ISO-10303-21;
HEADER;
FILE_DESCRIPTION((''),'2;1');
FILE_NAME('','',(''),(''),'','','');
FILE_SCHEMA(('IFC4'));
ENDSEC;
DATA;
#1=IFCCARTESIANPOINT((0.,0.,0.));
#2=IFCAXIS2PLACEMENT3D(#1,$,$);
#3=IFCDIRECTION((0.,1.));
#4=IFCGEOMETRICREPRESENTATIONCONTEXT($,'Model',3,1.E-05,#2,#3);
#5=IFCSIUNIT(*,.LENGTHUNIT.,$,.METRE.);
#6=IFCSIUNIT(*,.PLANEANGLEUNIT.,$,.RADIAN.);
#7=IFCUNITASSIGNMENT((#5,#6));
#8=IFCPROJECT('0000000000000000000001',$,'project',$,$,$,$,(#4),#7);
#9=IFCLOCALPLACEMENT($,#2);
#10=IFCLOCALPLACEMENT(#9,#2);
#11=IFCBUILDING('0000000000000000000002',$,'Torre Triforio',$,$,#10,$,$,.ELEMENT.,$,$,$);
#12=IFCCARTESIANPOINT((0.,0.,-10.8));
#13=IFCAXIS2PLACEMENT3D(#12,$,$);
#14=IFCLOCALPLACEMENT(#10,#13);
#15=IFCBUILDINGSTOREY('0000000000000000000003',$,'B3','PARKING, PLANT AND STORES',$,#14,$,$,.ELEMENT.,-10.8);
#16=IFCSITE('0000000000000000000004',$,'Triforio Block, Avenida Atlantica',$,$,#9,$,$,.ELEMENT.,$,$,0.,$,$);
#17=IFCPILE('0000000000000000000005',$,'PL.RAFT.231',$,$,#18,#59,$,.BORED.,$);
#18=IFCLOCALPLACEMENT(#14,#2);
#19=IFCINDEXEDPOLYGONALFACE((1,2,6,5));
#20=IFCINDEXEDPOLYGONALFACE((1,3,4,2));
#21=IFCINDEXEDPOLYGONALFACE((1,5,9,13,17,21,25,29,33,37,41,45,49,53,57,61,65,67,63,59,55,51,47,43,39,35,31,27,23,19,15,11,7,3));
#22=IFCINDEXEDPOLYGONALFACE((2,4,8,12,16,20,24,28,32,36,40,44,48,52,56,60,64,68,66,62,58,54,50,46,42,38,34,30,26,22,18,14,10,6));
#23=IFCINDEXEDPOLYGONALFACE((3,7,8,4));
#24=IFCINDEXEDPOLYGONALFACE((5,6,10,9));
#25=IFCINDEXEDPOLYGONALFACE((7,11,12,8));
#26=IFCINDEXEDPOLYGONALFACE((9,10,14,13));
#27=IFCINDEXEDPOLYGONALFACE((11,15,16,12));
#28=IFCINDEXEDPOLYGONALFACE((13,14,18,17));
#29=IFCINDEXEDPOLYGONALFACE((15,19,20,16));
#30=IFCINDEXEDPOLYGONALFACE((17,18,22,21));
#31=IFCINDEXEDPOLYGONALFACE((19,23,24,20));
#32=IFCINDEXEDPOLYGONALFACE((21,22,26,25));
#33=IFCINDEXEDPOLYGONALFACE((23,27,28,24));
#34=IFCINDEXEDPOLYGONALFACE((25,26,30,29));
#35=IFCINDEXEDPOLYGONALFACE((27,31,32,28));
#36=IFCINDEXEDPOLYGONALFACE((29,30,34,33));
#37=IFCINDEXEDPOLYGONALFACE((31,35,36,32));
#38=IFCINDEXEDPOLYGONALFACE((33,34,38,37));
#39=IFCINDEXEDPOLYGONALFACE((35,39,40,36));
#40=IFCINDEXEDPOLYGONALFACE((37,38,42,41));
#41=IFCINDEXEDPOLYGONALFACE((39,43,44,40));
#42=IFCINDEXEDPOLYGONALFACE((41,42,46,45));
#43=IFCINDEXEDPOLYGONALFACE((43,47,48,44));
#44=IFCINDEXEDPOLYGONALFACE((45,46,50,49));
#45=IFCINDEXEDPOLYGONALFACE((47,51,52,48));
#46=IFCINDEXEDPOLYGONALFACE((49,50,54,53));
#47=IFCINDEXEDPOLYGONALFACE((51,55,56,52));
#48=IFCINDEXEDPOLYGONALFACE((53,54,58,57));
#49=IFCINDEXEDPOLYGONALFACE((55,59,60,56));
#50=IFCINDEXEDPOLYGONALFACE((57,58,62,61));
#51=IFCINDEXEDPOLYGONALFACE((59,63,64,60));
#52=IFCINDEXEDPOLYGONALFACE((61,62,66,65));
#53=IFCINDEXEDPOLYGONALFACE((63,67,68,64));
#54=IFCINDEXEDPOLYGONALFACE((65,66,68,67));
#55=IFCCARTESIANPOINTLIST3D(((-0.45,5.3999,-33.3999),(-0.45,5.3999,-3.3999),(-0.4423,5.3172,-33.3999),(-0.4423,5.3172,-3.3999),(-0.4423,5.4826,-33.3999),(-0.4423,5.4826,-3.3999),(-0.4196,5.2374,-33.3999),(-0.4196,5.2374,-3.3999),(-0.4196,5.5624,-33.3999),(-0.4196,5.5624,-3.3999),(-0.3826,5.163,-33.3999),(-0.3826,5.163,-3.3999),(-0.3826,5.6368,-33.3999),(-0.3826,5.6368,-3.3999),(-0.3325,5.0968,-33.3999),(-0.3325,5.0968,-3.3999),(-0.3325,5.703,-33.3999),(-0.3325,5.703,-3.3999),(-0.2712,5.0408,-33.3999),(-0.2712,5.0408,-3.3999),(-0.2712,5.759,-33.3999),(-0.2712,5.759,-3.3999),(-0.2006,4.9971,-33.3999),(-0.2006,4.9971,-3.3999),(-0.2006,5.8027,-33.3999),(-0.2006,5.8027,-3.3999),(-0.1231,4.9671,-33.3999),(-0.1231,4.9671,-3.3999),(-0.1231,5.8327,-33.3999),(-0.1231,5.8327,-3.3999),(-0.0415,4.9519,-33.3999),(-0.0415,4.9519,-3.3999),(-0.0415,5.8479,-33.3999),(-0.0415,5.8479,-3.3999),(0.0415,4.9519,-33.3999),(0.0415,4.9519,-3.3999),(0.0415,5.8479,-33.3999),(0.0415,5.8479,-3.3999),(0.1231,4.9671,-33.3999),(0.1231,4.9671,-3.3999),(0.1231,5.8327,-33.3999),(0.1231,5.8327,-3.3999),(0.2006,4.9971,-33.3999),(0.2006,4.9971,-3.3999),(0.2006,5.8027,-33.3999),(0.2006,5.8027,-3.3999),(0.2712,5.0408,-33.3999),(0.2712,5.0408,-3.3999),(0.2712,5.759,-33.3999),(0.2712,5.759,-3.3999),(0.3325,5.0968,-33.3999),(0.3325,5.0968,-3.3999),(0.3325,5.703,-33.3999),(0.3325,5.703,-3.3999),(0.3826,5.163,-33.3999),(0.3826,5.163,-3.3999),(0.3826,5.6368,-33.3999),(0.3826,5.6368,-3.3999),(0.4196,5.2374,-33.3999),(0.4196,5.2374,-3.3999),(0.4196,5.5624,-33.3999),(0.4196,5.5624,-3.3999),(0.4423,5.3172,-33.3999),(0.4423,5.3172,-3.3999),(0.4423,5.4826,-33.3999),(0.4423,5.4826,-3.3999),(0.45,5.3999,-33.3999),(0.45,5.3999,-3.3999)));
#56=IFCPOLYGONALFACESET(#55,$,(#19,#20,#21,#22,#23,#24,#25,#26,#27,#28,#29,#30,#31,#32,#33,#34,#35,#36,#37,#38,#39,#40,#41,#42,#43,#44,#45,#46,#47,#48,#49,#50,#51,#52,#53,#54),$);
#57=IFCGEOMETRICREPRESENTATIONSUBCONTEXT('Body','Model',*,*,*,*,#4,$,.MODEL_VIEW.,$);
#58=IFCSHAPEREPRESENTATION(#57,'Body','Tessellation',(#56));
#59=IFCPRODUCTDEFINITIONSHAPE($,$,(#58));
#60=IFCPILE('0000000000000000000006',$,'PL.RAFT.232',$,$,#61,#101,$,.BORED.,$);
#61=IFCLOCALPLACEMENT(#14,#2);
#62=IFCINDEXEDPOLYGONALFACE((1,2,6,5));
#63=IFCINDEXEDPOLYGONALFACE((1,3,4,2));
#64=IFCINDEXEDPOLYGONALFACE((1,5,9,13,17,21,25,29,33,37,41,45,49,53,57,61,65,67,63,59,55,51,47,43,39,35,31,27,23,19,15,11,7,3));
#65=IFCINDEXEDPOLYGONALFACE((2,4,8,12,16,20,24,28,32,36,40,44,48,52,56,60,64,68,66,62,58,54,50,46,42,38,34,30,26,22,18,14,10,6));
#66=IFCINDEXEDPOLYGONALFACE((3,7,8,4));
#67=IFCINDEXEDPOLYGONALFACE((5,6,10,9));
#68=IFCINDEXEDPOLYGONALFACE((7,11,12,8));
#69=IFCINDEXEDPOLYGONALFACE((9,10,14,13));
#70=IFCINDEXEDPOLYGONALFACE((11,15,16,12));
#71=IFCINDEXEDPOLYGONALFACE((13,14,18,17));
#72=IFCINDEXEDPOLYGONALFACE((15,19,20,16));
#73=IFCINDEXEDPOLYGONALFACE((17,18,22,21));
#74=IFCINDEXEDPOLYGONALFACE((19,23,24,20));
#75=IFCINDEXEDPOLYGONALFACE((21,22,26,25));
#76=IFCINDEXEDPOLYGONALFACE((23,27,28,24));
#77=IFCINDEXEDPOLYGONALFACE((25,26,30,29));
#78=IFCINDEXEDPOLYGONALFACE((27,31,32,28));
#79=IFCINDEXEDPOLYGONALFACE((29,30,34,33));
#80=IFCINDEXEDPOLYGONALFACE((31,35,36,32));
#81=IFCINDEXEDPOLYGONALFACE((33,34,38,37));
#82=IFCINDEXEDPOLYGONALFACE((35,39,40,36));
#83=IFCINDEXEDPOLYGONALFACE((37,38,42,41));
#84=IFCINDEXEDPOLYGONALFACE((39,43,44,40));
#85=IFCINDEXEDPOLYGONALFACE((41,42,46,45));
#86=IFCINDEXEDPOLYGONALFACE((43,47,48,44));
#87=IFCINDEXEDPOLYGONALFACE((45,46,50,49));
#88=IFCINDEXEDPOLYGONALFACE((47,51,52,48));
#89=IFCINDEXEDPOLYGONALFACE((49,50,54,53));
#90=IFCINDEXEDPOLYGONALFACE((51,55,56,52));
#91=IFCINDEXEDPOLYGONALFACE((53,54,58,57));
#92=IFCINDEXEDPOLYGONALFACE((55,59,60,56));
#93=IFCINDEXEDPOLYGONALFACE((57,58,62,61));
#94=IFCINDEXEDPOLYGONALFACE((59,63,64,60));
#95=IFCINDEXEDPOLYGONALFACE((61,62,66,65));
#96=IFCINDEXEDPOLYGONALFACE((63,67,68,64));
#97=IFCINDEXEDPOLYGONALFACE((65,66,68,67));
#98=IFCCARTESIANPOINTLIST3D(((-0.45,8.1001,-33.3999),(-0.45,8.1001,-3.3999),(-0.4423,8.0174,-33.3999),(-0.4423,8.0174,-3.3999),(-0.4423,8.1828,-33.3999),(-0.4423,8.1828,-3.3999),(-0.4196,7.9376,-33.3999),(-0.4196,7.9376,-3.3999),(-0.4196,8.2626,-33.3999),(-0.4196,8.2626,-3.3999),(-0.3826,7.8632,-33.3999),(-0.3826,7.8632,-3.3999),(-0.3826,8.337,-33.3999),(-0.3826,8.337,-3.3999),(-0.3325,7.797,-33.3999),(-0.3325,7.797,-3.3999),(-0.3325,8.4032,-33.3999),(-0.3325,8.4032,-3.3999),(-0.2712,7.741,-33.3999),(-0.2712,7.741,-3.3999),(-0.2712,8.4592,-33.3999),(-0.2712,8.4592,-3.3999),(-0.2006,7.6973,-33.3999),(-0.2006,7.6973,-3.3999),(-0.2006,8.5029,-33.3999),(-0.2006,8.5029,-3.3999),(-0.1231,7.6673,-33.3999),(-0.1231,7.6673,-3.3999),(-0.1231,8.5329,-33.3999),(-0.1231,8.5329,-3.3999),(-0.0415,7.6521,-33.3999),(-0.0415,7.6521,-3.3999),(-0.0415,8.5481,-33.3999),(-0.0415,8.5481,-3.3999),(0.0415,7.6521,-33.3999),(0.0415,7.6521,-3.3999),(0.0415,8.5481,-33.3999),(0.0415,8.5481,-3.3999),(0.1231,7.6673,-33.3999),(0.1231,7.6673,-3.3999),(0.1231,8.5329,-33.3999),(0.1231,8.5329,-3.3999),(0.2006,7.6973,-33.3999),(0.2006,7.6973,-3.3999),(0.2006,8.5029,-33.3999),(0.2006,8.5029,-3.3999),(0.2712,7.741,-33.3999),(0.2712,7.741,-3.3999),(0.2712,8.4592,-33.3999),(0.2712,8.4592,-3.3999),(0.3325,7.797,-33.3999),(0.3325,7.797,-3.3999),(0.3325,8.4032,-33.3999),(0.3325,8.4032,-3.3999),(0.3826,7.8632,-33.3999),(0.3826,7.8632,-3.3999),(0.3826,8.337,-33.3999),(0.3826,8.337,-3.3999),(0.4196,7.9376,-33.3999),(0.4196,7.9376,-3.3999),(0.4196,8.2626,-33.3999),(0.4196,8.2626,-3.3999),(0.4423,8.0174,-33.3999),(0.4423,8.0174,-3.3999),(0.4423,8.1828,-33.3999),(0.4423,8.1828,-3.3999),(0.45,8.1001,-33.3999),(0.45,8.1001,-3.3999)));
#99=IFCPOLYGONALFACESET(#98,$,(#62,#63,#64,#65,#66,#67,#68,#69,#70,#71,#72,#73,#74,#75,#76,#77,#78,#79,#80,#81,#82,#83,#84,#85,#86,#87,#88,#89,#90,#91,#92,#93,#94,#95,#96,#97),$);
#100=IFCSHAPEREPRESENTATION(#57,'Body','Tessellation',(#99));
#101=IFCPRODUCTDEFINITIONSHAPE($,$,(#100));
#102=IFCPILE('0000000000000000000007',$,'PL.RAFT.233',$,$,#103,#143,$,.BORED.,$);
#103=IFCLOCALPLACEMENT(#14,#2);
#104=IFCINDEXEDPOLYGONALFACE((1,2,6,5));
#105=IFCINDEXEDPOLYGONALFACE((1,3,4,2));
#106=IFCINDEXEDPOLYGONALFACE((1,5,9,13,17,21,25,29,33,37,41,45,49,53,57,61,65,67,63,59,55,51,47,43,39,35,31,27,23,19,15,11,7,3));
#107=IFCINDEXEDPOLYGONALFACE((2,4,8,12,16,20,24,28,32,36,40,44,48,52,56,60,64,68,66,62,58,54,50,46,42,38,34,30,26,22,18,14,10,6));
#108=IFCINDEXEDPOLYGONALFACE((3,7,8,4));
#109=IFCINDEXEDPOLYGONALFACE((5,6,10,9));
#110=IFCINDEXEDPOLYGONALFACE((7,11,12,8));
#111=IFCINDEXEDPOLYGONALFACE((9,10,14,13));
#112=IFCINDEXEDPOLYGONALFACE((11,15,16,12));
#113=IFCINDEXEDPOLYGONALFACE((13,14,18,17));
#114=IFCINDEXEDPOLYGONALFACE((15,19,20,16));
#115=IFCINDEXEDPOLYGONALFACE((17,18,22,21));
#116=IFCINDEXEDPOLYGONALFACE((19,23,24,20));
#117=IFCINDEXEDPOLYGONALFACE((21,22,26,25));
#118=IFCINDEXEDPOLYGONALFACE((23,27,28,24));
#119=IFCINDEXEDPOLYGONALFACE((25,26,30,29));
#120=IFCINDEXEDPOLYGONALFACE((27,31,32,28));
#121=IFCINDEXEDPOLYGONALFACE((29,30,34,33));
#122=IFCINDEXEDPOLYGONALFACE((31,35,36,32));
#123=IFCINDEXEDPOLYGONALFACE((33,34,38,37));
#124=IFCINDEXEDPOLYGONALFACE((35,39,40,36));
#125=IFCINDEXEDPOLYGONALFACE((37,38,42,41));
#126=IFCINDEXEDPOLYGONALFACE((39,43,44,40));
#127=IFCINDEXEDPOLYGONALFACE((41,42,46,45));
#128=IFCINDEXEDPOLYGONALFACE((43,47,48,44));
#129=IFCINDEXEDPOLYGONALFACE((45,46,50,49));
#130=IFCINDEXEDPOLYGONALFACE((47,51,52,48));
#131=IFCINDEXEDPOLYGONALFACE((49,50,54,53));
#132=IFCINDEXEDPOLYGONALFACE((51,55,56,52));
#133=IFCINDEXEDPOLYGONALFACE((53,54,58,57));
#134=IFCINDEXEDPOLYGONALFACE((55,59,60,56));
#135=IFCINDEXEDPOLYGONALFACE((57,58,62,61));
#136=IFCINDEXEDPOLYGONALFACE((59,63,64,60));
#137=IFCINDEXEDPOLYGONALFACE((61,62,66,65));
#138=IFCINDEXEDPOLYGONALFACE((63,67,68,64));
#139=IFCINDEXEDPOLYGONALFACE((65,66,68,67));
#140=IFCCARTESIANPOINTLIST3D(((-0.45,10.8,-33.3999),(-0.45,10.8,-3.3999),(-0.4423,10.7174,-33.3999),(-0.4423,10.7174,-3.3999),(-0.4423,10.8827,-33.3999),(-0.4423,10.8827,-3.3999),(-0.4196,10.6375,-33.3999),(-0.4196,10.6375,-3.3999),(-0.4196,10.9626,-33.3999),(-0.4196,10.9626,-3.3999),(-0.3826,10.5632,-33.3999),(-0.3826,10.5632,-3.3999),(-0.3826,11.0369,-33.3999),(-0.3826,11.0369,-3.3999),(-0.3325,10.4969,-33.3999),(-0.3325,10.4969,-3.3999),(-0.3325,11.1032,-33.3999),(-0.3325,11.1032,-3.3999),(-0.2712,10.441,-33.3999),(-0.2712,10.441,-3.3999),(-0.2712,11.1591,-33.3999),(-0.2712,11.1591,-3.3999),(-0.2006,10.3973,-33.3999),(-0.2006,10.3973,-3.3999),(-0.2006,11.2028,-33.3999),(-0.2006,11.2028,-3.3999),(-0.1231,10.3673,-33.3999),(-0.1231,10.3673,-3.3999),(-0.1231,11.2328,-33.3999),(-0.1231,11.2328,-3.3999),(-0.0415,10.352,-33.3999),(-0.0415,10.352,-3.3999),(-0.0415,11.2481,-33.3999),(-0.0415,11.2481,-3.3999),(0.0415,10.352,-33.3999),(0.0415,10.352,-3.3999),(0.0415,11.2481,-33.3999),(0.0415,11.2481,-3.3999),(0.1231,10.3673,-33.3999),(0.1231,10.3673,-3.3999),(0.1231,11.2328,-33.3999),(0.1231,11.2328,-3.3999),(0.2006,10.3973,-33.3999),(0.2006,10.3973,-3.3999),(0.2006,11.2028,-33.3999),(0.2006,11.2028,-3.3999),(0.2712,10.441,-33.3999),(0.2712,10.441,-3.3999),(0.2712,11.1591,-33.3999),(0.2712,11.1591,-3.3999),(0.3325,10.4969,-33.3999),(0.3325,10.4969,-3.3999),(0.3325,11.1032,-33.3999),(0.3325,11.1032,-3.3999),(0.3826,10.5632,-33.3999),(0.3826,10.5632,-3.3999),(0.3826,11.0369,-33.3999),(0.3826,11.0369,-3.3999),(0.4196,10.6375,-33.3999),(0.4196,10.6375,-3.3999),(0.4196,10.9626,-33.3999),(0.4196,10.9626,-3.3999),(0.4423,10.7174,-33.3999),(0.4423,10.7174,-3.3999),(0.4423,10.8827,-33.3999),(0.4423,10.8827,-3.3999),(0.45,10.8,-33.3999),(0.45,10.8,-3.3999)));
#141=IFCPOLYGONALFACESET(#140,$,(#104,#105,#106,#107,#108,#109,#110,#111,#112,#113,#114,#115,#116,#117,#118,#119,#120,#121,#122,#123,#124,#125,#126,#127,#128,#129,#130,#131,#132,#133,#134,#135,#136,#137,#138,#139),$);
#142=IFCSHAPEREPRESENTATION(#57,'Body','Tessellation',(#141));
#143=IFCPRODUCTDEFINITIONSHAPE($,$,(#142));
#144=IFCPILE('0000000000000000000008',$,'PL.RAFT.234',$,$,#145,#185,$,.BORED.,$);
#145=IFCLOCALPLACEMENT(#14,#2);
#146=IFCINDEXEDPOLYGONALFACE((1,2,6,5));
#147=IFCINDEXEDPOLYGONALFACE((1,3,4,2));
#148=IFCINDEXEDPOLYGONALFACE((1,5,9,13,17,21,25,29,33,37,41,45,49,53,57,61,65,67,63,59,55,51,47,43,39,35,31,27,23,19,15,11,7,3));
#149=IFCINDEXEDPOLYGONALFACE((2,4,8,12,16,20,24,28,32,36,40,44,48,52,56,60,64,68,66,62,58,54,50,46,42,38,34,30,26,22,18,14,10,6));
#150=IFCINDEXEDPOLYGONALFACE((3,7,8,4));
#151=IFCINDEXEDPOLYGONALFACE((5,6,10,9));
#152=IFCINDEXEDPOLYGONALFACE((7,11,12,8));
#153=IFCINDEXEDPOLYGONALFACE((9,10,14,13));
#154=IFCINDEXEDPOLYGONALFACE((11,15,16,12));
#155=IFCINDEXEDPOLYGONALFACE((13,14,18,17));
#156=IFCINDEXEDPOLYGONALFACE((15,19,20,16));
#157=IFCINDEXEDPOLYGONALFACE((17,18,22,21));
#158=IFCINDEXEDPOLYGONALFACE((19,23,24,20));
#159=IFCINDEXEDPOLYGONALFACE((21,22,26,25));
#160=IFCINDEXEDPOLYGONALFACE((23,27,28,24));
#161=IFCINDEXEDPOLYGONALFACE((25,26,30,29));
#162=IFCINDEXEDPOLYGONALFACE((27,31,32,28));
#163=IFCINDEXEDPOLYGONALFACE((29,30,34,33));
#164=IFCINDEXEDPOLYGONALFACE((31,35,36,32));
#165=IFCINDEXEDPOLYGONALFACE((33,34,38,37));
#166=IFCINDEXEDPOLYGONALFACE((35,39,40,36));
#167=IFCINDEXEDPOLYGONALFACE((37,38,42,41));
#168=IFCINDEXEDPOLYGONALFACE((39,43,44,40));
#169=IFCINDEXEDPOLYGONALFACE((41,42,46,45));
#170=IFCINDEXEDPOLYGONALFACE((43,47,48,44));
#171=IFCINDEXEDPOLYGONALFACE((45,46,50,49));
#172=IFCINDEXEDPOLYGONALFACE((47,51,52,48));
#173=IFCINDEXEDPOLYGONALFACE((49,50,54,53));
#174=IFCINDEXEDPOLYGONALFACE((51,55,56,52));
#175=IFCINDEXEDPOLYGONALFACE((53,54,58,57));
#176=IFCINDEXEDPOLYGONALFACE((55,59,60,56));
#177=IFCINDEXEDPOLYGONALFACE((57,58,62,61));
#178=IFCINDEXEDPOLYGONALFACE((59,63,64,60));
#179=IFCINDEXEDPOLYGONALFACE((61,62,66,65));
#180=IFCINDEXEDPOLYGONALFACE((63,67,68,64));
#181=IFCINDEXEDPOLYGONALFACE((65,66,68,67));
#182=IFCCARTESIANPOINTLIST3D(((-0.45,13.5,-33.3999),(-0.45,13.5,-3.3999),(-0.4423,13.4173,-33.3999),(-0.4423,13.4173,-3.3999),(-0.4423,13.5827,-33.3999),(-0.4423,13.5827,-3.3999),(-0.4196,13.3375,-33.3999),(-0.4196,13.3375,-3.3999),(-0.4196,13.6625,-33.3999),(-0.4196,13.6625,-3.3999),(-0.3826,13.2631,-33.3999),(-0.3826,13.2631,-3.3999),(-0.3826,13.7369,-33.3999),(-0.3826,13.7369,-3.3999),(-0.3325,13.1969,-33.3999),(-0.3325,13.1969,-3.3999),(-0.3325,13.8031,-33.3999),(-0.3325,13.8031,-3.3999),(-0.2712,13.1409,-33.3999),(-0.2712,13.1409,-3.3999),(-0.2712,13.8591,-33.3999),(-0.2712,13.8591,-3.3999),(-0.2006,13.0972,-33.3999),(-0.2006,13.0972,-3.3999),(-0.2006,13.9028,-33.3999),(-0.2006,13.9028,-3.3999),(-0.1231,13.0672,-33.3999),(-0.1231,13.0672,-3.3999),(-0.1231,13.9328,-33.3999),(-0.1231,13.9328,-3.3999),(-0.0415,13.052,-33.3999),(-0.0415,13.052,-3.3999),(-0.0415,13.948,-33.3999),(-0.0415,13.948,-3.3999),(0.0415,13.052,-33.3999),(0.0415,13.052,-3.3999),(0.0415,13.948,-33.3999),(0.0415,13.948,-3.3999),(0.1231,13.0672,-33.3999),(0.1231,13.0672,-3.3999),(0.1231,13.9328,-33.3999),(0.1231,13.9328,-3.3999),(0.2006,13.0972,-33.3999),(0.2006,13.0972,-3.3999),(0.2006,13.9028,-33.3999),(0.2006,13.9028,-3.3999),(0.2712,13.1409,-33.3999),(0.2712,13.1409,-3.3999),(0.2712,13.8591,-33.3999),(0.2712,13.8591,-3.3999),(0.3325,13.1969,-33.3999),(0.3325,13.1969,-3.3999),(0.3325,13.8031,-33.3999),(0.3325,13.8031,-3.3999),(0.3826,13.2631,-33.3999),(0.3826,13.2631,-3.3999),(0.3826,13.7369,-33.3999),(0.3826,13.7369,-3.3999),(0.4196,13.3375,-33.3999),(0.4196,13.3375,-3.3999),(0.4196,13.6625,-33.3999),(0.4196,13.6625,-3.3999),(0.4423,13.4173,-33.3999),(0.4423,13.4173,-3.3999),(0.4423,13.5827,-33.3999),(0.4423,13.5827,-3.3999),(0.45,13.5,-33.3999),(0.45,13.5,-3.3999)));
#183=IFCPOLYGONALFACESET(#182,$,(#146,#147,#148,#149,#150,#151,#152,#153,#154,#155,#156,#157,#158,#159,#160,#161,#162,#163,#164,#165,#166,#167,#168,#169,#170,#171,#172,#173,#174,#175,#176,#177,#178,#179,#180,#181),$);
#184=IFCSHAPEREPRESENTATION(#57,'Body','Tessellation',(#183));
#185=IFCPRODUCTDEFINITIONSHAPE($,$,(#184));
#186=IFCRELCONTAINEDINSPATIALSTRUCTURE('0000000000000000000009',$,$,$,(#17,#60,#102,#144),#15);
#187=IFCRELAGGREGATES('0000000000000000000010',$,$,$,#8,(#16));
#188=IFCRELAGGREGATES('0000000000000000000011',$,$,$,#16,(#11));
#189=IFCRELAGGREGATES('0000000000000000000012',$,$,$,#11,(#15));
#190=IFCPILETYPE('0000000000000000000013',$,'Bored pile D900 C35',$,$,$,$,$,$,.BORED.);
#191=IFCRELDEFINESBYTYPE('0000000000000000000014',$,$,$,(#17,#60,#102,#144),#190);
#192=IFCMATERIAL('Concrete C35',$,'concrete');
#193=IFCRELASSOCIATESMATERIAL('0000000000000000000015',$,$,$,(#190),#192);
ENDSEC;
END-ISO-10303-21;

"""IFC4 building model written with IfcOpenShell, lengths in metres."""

from ifc_helpers import new_model, si_unit, direction, frame, origin, origin_2d, place, context, subcontext, project, spatial, circle, extrude, material, material_profile, profile_set, type_object, element, save


model = new_model("IFC4")

# Units and contexts
model_context = context("Model", 3, precision=1e-05, world=origin(), true_north=direction((0.0, 1.0)))
body_context = subcontext(model_context, "Body", "Model", "MODEL_VIEW")
ifc_project = project(units=[si_unit("LENGTHUNIT", "METRE"), si_unit("PLANEANGLEUNIT", "RADIAN")], contexts=[model_context])

# Site, building, storey
site_placement = place(None, origin())
site = spatial("IfcSite", under=ifc_project, at=site_placement, Name="Triforio Block, Avenida Atlantica", CompositionType="ELEMENT", RefElevation=0.0)
building_placement = place(site_placement, origin())
building = spatial("IfcBuilding", under=site, at=building_placement, Name="Torre Triforio", CompositionType="ELEMENT")
storey_placement = place(building_placement, frame((0.0, 0.0, -10.8)))
storey = spatial("IfcBuildingStorey", under=building, at=storey_placement, Name="B3", Description="PARKING, PLANT AND STORES", CompositionType="ELEMENT", Elevation=-10.8)

# Piles
ifc_material_1 = material(Name="Concrete C35", Category="concrete")
ifc_material_profile = material_profile(ifc_material_1, circle(Radius=0.45, at=origin_2d()), Name="RC D900")
ifc_profile_set = profile_set([ifc_material_profile], Name="Concrete C35")
pile_type = type_object("IfcPileType", Name="Bored pile D900 C35", PredefinedType="BORED", material=ifc_profile_set)
for number, where, z_axis, x_axis, name in (
    (1, (0.0, 5.3999, -3.3999), (0.0, 0.0, -1.0), (1.0, 0.0, 0.0), "PL.RAFT.231"),
    (2, (0.0, 8.1001, -3.3999), (0.0, 0.0, -1.0), (1.0, 0.0, 0.0), "PL.RAFT.232"),
    (3, (0.0, 10.8, -3.3999), (0.0, 0.0, -1.0), (1.0, 0.0, 0.0), "PL.RAFT.233"),
    (4, (0.0, 13.5, -3.3999), (0.0, 0.0, -1.0), (1.0, 0.0, 0.0), "PL.RAFT.234"),
):
    element("IfcPile", number, at=place(storey_placement, frame(where, z_axis=z_axis, x_axis=x_axis)), inside=storey, type_object=pile_type, Name=name, PredefinedType="BORED", context=body_context, shape_type="SweptSolid", body=[
        extrude(circle(Radius=0.45, at=origin_2d()), origin(), (0.0, 0.0, 1.0), 30.0),
    ])

save(model, "model.ifc")
